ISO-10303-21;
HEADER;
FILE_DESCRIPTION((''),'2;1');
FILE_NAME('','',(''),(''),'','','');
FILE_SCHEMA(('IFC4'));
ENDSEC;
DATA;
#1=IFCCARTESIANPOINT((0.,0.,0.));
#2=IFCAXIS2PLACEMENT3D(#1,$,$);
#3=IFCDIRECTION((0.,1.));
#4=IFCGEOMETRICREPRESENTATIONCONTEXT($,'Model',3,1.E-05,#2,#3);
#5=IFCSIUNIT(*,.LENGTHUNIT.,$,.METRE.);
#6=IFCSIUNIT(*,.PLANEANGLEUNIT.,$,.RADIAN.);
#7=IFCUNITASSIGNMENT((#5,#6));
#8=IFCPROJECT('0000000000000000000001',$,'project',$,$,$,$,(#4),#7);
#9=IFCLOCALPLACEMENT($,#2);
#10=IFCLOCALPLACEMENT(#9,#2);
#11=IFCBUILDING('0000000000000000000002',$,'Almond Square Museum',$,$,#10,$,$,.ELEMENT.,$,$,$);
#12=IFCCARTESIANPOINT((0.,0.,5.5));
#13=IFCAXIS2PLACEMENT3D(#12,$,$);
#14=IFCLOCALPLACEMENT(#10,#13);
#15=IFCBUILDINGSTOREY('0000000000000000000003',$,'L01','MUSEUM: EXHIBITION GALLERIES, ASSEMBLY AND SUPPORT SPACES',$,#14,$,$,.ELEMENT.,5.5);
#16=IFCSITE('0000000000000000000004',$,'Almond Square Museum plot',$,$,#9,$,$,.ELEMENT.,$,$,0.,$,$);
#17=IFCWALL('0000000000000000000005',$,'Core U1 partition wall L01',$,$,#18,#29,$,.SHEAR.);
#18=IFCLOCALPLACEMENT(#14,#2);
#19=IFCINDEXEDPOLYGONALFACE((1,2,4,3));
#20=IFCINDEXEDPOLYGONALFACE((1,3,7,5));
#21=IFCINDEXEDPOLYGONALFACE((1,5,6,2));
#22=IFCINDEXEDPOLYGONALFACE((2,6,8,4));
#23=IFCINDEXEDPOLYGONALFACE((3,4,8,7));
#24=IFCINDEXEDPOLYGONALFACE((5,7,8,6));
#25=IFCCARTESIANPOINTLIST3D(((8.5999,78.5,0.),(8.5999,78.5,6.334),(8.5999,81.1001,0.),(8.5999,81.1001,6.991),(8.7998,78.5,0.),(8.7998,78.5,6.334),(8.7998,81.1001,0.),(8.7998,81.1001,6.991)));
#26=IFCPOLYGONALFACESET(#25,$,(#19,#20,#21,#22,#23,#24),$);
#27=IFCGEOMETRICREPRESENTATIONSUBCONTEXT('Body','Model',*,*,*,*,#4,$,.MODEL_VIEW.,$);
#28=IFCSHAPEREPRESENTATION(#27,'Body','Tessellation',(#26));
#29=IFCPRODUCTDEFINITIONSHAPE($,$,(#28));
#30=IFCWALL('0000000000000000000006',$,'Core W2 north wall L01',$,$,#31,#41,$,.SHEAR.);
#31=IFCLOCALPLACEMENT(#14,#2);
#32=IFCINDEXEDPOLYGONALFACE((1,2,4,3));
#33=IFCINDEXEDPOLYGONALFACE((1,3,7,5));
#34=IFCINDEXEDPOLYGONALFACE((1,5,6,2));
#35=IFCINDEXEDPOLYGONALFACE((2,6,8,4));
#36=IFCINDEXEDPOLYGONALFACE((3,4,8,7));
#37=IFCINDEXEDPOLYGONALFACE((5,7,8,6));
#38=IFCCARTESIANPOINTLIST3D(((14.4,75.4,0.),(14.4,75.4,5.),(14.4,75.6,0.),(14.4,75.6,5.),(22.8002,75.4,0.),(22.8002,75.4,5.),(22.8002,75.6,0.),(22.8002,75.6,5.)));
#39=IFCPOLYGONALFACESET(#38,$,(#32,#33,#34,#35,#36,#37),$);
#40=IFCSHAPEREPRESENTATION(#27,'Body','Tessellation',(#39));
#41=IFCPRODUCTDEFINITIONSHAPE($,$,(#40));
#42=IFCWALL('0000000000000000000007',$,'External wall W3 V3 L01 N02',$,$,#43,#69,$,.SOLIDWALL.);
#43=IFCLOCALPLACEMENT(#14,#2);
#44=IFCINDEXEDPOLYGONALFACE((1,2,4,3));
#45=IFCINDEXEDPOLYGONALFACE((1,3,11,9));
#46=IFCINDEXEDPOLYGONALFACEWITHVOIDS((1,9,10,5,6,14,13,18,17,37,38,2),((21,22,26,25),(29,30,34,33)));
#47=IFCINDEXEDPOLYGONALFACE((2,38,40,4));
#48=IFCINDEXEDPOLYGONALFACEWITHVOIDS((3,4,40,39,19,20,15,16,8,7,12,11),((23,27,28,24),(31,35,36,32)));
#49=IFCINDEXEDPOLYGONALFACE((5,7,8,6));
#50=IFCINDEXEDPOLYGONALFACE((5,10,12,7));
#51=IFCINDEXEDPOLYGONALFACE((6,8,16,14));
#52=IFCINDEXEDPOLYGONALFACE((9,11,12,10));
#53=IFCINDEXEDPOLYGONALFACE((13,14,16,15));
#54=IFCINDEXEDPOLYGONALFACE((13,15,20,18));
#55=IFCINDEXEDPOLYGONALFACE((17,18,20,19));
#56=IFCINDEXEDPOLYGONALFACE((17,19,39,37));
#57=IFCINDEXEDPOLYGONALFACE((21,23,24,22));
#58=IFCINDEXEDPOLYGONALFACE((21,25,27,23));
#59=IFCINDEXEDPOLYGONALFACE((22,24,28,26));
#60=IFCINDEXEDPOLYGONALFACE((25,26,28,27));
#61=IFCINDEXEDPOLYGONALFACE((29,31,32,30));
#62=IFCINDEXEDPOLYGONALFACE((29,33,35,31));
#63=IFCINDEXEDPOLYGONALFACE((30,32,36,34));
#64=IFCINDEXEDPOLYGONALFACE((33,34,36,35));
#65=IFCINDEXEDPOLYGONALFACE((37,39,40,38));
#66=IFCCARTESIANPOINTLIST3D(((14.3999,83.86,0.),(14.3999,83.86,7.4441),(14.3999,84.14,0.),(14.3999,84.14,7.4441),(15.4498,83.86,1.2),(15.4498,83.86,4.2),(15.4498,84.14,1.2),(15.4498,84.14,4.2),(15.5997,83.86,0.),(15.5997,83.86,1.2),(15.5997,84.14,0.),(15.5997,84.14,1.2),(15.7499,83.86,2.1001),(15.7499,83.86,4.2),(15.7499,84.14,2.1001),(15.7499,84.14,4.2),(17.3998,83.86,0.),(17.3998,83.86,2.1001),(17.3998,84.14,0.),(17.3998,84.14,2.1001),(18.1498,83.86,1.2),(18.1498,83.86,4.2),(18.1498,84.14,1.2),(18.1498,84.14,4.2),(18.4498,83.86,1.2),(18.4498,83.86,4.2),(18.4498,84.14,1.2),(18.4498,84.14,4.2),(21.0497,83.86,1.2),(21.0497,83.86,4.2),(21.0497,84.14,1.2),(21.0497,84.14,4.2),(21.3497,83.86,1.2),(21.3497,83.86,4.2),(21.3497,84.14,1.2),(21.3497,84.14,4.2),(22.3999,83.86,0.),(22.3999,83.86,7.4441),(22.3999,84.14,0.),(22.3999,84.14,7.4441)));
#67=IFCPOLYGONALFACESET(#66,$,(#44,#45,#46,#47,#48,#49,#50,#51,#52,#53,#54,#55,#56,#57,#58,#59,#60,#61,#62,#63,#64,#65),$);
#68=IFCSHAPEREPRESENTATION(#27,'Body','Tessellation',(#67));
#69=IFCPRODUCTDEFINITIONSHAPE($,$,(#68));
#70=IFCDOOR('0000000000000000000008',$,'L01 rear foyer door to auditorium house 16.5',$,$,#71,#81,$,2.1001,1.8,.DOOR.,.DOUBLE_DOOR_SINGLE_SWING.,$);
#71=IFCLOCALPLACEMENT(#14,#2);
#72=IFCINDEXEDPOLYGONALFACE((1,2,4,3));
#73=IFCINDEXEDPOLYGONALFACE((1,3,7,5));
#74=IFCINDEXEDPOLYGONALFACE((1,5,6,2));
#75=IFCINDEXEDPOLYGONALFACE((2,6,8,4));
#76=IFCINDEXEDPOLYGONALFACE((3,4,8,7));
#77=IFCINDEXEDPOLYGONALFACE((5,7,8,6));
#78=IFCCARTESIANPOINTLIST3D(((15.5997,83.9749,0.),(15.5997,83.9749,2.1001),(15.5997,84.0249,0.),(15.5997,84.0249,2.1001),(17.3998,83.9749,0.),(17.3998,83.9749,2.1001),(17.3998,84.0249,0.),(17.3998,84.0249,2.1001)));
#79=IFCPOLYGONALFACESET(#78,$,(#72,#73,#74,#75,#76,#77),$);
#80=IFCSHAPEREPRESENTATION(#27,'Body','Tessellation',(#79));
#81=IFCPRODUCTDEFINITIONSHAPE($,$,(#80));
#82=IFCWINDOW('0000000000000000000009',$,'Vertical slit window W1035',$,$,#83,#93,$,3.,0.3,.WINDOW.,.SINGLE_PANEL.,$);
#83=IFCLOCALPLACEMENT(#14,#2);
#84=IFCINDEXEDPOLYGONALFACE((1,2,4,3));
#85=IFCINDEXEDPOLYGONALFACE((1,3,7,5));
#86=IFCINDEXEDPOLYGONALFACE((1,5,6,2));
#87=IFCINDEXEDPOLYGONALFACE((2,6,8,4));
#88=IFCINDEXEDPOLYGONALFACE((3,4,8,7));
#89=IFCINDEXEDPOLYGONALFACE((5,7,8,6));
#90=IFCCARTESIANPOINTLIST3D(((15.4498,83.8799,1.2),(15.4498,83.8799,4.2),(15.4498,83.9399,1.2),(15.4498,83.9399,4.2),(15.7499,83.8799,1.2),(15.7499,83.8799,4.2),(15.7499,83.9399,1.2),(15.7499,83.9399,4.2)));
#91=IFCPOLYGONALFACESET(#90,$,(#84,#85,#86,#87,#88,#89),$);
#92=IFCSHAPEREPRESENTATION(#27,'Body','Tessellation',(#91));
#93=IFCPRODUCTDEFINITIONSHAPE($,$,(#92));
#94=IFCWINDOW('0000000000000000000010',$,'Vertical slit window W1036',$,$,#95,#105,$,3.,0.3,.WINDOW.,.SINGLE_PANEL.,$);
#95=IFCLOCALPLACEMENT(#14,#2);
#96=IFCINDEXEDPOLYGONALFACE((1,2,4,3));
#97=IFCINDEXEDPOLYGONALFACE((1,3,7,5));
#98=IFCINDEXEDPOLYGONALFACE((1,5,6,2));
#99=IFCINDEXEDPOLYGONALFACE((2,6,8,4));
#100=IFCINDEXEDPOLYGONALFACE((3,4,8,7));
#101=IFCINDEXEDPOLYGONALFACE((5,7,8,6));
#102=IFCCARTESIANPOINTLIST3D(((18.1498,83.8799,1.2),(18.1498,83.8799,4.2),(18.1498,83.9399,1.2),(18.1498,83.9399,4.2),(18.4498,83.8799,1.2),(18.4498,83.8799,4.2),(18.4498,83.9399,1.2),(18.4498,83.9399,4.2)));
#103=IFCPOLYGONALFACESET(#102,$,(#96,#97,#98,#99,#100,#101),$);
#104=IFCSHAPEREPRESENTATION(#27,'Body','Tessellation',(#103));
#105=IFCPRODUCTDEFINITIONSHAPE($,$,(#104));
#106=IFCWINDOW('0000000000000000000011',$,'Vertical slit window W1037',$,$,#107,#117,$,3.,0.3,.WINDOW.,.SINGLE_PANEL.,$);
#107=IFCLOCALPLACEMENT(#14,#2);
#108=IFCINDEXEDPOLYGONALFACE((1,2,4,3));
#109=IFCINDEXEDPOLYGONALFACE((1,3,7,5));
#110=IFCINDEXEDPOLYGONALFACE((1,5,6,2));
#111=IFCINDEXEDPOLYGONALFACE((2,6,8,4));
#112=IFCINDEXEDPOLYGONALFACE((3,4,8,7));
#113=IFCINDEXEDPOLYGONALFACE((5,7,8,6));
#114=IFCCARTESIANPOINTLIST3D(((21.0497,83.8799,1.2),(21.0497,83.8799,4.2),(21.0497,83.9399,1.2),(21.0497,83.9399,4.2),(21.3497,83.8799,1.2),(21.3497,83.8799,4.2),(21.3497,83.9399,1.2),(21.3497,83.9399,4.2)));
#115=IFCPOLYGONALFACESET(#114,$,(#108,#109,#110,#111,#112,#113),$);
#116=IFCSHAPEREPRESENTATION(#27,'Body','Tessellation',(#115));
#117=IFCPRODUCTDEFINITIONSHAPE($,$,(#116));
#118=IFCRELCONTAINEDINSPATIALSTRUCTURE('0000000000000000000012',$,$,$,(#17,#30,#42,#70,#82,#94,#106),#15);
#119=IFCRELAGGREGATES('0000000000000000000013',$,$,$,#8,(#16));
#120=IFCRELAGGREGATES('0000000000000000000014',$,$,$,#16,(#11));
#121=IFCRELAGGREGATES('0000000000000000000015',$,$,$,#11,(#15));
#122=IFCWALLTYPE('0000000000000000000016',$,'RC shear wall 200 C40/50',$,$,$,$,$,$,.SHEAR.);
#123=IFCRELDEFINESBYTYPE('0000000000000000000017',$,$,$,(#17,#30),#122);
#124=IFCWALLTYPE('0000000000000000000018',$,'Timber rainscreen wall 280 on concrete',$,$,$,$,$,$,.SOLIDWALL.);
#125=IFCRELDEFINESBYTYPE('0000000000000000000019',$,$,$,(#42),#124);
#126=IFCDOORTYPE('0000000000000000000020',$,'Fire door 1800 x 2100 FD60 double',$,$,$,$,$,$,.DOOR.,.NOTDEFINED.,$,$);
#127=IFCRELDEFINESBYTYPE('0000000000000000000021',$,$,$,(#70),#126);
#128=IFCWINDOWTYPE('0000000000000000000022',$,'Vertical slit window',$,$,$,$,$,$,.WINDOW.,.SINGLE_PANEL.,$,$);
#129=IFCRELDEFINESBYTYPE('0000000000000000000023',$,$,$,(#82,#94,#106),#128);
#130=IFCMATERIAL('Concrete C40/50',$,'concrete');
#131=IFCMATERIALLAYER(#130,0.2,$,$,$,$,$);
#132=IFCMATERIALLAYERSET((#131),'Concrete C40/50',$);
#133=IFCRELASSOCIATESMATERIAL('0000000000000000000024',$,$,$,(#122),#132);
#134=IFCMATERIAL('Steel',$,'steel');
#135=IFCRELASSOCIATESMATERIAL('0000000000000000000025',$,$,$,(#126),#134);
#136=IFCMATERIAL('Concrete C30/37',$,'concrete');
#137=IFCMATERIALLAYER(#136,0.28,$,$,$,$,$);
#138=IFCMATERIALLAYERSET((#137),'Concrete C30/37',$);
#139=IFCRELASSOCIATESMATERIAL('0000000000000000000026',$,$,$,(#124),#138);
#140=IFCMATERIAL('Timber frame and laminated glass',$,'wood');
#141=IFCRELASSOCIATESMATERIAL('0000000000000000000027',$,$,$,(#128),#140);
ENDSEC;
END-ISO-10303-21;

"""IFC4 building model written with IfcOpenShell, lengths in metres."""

from ifc_helpers import new_model, si_unit, direction, frame, frame_2d, origin, place, context, subcontext, project, spatial, polyline, rectangle, outline, extrude, material, layer, layer_set, type_object, element, fill, save


model = new_model("IFC4")

# Units and contexts
model_context = context("Model", 3, precision=1e-05, world=origin(), true_north=direction((0.0, 1.0)))
body_context = subcontext(model_context, "Body", "Model", "MODEL_VIEW")
ifc_project = project(units=[si_unit("LENGTHUNIT", "METRE"), si_unit("PLANEANGLEUNIT", "RADIAN")], contexts=[model_context])

# Site, building, storey
site_placement = place(None, origin())
site = spatial("IfcSite", under=ifc_project, at=site_placement, Name="Almond Square Museum plot", CompositionType="ELEMENT", RefElevation=0.0)
building_placement = place(site_placement, origin())
building = spatial("IfcBuilding", under=site, at=building_placement, Name="Almond Square Museum", CompositionType="ELEMENT")
storey_placement = place(building_placement, frame((0.0, 0.0, 5.5)))
storey = spatial("IfcBuildingStorey", under=building, at=storey_placement, Name="L01", Description="MUSEUM: EXHIBITION GALLERIES, ASSEMBLY AND SUPPORT SPACES", CompositionType="ELEMENT", Elevation=5.5)

# Shared definitions
ifc_material_1 = material(Name="Concrete C40/50", Category="concrete")
ifc_layer_1 = layer(ifc_material_1, 0.2)
ifc_layer_set_1 = layer_set([ifc_layer_1], Name="Concrete C40/50")
wall_type_1 = type_object("IfcWallType", Name="RC shear wall 200 C40/50", PredefinedType="SHEAR", material=ifc_layer_set_1)

# Shared definitions
ifc_material_2 = material(Name="Steel", Category="steel")
door_type_1 = type_object("IfcDoorType", Name="Fire door 1800 x 2100 FD60 double", OperationType="NOTDEFINED", PredefinedType="DOOR", material=ifc_material_2)

# Walls
wall_1_placement = place(storey_placement, frame((8.7, 78.5, 0.0), z_axis=(0.0, 0.0, 1.0), x_axis=(0.0, 1.0, 0.0)))
element("IfcWall", 1, at=wall_1_placement, inside=storey, type_object=wall_type_1, Name="Core U1 partition wall L01", PredefinedType="SHEAR", context=body_context, shape_type="SweptSolid", body=[
    extrude(outline(polyline([(0.0, 0.0), (2.6001, 0.0), (2.6001, 6.991), (0.0, 6.334), (0.0, 0.0)])), frame((0.0, 0.1001, 0.0), z_axis=(0.0, -1.0, 0.0), x_axis=(1.0, 0.0, 0.0)), (0.0, 0.0, 1.0), 0.2),
])
wall_2_placement = place(storey_placement, frame((14.3999, 75.5, 0.0), z_axis=(0.0, 0.0, 1.0), x_axis=(1.0, 0.0, 0.0)))
element("IfcWall", 2, at=wall_2_placement, inside=storey, type_object=wall_type_1, Name="Core W2 north wall L01", PredefinedType="SHEAR", context=body_context, shape_type="SweptSolid", body=[
    extrude(rectangle(XDim=8.4001, YDim=0.2, at=frame_2d((4.2002, 0.0))), origin(), (0.0, 0.0, 1.0), 5.0),
])

# Wall, openings, door, windows
ifc_material_3 = material(Name="Concrete C30/37", Category="concrete")
ifc_layer_2 = layer(ifc_material_3, 0.28)
ifc_layer_set_2 = layer_set([ifc_layer_2], Name="Concrete C30/37")
wall_type_2 = type_object("IfcWallType", Name="Timber rainscreen wall 280 on concrete", PredefinedType="SOLIDWALL", material=ifc_layer_set_2)
wall_3_placement = place(storey_placement, frame((14.3999, 84.0, 0.0), z_axis=(0.0, 0.0, 1.0), x_axis=(1.0, 0.0, 0.0)))
wall_3 = element("IfcWall", 3, at=wall_3_placement, inside=storey, type_object=wall_type_2, Name="External wall W3 V3 L01 N02", PredefinedType="SOLIDWALL", context=body_context, shape_type="SweptSolid", body=[
    extrude(rectangle(XDim=8.0, YDim=0.28, at=frame_2d((4.0, 0.0))), origin(), (0.0, 0.0, 1.0), 7.4441),
])
opening_1_placement = place(wall_3_placement, frame((1.05, 0.0, 1.2)))
opening_1 = element("IfcOpeningElement", 4, at=opening_1_placement, cuts=wall_3, PredefinedType="OPENING", context=body_context, shape_type="SweptSolid", body=[
    extrude(rectangle(XDim=0.3, YDim=3.0, at=frame_2d((0.1499, 1.5))), frame((0.0, 0.1499, 0.0), z_axis=(0.0, -1.0, 0.0), x_axis=(1.0, 0.0, 0.0)), (0.0, 0.0, 1.0), 0.3),
])
opening_2_placement = place(wall_3_placement, frame((3.75, 0.0, 1.2)))
opening_2 = element("IfcOpeningElement", 5, at=opening_2_placement, cuts=wall_3, PredefinedType="OPENING", context=body_context, shape_type="SweptSolid", body=[
    extrude(rectangle(XDim=0.3, YDim=3.0, at=frame_2d((0.1499, 1.5))), frame((0.0, 0.1499, 0.0), z_axis=(0.0, -1.0, 0.0), x_axis=(1.0, 0.0, 0.0)), (0.0, 0.0, 1.0), 0.3),
])
opening_3_placement = place(wall_3_placement, frame((6.6499, 0.0, 1.2)))
opening_3 = element("IfcOpeningElement", 6, at=opening_3_placement, cuts=wall_3, PredefinedType="OPENING", context=body_context, shape_type="SweptSolid", body=[
    extrude(rectangle(XDim=0.3, YDim=3.0, at=frame_2d((0.1499, 1.5))), frame((0.0, 0.1499, 0.0), z_axis=(0.0, -1.0, 0.0), x_axis=(1.0, 0.0, 0.0)), (0.0, 0.0, 1.0), 0.3),
])
opening_4_placement = place(wall_3_placement, frame((1.2, 0.0, 0.0)))
opening_4 = element("IfcOpeningElement", 7, at=opening_4_placement, cuts=wall_3, PredefinedType="OPENING", context=body_context, shape_type="SweptSolid", body=[
    extrude(rectangle(XDim=1.8, YDim=2.1001, at=frame_2d((0.8999, 1.05))), frame((0.0, 0.1499, 0.0), z_axis=(0.0, -1.0, 0.0), x_axis=(1.0, 0.0, 0.0)), (0.0, 0.0, 1.0), 0.3),
])
door_1_placement = place(opening_4_placement, origin())
door_1 = element("IfcDoor", 8, at=door_1_placement, inside=storey, type_object=door_type_1, Name="L01 rear foyer door to auditorium house 16.5", OperationType="DOUBLE_DOOR_SINGLE_SWING", OverallHeight=2.1001, OverallWidth=1.8, PredefinedType="DOOR", context=body_context, shape_type="SweptSolid", body=[
    extrude(rectangle(XDim=1.8, YDim=2.1001, at=frame_2d((0.8999, 1.05))), frame((0.0, 0.0249, 0.0), z_axis=(0.0, -1.0, 0.0), x_axis=(1.0, 0.0, 0.0)), (0.0, 0.0, 1.0), 0.05),
])
fill(opening_4, door_1)
ifc_material_4 = material(Name="Timber frame and laminated glass", Category="wood")
window_type = type_object("IfcWindowType", Name="Vertical slit window", PartitioningType="SINGLE_PANEL", PredefinedType="WINDOW", material=ifc_material_4)
window_1_placement = place(opening_1_placement, origin())
window_1 = element("IfcWindow", 9, at=window_1_placement, inside=storey, type_object=window_type, Name="Vertical slit window W1035", OverallHeight=3.0, OverallWidth=0.3, PartitioningType="SINGLE_PANEL", PredefinedType="WINDOW", context=body_context, shape_type="SweptSolid", body=[
    extrude(rectangle(XDim=0.3, YDim=3.0, at=frame_2d((0.1499, 1.5))), frame((0.0, -0.0601, 0.0), z_axis=(0.0, -1.0, 0.0), x_axis=(1.0, 0.0, 0.0)), (0.0, 0.0, 1.0), 0.0601),
])
fill(opening_1, window_1)
window_2_placement = place(opening_2_placement, origin())
window_2 = element("IfcWindow", 10, at=window_2_placement, inside=storey, type_object=window_type, Name="Vertical slit window W1036", OverallHeight=3.0, OverallWidth=0.3, PartitioningType="SINGLE_PANEL", PredefinedType="WINDOW", context=body_context, shape_type="SweptSolid", body=[
    extrude(rectangle(XDim=0.3, YDim=3.0, at=frame_2d((0.1499, 1.5))), frame((0.0, -0.0601, 0.0), z_axis=(0.0, -1.0, 0.0), x_axis=(1.0, 0.0, 0.0)), (0.0, 0.0, 1.0), 0.0601),
])
fill(opening_2, window_2)
window_3_placement = place(opening_3_placement, origin())
window_3 = element("IfcWindow", 11, at=window_3_placement, inside=storey, type_object=window_type, Name="Vertical slit window W1037", OverallHeight=3.0, OverallWidth=0.3, PartitioningType="SINGLE_PANEL", PredefinedType="WINDOW", context=body_context, shape_type="SweptSolid", body=[
    extrude(rectangle(XDim=0.3, YDim=3.0, at=frame_2d((0.1499, 1.5))), frame((0.0, -0.0601, 0.0), z_axis=(0.0, -1.0, 0.0), x_axis=(1.0, 0.0, 0.0)), (0.0, 0.0, 1.0), 0.0601),
])
fill(opening_3, window_3)

save(model, "model.ifc")
